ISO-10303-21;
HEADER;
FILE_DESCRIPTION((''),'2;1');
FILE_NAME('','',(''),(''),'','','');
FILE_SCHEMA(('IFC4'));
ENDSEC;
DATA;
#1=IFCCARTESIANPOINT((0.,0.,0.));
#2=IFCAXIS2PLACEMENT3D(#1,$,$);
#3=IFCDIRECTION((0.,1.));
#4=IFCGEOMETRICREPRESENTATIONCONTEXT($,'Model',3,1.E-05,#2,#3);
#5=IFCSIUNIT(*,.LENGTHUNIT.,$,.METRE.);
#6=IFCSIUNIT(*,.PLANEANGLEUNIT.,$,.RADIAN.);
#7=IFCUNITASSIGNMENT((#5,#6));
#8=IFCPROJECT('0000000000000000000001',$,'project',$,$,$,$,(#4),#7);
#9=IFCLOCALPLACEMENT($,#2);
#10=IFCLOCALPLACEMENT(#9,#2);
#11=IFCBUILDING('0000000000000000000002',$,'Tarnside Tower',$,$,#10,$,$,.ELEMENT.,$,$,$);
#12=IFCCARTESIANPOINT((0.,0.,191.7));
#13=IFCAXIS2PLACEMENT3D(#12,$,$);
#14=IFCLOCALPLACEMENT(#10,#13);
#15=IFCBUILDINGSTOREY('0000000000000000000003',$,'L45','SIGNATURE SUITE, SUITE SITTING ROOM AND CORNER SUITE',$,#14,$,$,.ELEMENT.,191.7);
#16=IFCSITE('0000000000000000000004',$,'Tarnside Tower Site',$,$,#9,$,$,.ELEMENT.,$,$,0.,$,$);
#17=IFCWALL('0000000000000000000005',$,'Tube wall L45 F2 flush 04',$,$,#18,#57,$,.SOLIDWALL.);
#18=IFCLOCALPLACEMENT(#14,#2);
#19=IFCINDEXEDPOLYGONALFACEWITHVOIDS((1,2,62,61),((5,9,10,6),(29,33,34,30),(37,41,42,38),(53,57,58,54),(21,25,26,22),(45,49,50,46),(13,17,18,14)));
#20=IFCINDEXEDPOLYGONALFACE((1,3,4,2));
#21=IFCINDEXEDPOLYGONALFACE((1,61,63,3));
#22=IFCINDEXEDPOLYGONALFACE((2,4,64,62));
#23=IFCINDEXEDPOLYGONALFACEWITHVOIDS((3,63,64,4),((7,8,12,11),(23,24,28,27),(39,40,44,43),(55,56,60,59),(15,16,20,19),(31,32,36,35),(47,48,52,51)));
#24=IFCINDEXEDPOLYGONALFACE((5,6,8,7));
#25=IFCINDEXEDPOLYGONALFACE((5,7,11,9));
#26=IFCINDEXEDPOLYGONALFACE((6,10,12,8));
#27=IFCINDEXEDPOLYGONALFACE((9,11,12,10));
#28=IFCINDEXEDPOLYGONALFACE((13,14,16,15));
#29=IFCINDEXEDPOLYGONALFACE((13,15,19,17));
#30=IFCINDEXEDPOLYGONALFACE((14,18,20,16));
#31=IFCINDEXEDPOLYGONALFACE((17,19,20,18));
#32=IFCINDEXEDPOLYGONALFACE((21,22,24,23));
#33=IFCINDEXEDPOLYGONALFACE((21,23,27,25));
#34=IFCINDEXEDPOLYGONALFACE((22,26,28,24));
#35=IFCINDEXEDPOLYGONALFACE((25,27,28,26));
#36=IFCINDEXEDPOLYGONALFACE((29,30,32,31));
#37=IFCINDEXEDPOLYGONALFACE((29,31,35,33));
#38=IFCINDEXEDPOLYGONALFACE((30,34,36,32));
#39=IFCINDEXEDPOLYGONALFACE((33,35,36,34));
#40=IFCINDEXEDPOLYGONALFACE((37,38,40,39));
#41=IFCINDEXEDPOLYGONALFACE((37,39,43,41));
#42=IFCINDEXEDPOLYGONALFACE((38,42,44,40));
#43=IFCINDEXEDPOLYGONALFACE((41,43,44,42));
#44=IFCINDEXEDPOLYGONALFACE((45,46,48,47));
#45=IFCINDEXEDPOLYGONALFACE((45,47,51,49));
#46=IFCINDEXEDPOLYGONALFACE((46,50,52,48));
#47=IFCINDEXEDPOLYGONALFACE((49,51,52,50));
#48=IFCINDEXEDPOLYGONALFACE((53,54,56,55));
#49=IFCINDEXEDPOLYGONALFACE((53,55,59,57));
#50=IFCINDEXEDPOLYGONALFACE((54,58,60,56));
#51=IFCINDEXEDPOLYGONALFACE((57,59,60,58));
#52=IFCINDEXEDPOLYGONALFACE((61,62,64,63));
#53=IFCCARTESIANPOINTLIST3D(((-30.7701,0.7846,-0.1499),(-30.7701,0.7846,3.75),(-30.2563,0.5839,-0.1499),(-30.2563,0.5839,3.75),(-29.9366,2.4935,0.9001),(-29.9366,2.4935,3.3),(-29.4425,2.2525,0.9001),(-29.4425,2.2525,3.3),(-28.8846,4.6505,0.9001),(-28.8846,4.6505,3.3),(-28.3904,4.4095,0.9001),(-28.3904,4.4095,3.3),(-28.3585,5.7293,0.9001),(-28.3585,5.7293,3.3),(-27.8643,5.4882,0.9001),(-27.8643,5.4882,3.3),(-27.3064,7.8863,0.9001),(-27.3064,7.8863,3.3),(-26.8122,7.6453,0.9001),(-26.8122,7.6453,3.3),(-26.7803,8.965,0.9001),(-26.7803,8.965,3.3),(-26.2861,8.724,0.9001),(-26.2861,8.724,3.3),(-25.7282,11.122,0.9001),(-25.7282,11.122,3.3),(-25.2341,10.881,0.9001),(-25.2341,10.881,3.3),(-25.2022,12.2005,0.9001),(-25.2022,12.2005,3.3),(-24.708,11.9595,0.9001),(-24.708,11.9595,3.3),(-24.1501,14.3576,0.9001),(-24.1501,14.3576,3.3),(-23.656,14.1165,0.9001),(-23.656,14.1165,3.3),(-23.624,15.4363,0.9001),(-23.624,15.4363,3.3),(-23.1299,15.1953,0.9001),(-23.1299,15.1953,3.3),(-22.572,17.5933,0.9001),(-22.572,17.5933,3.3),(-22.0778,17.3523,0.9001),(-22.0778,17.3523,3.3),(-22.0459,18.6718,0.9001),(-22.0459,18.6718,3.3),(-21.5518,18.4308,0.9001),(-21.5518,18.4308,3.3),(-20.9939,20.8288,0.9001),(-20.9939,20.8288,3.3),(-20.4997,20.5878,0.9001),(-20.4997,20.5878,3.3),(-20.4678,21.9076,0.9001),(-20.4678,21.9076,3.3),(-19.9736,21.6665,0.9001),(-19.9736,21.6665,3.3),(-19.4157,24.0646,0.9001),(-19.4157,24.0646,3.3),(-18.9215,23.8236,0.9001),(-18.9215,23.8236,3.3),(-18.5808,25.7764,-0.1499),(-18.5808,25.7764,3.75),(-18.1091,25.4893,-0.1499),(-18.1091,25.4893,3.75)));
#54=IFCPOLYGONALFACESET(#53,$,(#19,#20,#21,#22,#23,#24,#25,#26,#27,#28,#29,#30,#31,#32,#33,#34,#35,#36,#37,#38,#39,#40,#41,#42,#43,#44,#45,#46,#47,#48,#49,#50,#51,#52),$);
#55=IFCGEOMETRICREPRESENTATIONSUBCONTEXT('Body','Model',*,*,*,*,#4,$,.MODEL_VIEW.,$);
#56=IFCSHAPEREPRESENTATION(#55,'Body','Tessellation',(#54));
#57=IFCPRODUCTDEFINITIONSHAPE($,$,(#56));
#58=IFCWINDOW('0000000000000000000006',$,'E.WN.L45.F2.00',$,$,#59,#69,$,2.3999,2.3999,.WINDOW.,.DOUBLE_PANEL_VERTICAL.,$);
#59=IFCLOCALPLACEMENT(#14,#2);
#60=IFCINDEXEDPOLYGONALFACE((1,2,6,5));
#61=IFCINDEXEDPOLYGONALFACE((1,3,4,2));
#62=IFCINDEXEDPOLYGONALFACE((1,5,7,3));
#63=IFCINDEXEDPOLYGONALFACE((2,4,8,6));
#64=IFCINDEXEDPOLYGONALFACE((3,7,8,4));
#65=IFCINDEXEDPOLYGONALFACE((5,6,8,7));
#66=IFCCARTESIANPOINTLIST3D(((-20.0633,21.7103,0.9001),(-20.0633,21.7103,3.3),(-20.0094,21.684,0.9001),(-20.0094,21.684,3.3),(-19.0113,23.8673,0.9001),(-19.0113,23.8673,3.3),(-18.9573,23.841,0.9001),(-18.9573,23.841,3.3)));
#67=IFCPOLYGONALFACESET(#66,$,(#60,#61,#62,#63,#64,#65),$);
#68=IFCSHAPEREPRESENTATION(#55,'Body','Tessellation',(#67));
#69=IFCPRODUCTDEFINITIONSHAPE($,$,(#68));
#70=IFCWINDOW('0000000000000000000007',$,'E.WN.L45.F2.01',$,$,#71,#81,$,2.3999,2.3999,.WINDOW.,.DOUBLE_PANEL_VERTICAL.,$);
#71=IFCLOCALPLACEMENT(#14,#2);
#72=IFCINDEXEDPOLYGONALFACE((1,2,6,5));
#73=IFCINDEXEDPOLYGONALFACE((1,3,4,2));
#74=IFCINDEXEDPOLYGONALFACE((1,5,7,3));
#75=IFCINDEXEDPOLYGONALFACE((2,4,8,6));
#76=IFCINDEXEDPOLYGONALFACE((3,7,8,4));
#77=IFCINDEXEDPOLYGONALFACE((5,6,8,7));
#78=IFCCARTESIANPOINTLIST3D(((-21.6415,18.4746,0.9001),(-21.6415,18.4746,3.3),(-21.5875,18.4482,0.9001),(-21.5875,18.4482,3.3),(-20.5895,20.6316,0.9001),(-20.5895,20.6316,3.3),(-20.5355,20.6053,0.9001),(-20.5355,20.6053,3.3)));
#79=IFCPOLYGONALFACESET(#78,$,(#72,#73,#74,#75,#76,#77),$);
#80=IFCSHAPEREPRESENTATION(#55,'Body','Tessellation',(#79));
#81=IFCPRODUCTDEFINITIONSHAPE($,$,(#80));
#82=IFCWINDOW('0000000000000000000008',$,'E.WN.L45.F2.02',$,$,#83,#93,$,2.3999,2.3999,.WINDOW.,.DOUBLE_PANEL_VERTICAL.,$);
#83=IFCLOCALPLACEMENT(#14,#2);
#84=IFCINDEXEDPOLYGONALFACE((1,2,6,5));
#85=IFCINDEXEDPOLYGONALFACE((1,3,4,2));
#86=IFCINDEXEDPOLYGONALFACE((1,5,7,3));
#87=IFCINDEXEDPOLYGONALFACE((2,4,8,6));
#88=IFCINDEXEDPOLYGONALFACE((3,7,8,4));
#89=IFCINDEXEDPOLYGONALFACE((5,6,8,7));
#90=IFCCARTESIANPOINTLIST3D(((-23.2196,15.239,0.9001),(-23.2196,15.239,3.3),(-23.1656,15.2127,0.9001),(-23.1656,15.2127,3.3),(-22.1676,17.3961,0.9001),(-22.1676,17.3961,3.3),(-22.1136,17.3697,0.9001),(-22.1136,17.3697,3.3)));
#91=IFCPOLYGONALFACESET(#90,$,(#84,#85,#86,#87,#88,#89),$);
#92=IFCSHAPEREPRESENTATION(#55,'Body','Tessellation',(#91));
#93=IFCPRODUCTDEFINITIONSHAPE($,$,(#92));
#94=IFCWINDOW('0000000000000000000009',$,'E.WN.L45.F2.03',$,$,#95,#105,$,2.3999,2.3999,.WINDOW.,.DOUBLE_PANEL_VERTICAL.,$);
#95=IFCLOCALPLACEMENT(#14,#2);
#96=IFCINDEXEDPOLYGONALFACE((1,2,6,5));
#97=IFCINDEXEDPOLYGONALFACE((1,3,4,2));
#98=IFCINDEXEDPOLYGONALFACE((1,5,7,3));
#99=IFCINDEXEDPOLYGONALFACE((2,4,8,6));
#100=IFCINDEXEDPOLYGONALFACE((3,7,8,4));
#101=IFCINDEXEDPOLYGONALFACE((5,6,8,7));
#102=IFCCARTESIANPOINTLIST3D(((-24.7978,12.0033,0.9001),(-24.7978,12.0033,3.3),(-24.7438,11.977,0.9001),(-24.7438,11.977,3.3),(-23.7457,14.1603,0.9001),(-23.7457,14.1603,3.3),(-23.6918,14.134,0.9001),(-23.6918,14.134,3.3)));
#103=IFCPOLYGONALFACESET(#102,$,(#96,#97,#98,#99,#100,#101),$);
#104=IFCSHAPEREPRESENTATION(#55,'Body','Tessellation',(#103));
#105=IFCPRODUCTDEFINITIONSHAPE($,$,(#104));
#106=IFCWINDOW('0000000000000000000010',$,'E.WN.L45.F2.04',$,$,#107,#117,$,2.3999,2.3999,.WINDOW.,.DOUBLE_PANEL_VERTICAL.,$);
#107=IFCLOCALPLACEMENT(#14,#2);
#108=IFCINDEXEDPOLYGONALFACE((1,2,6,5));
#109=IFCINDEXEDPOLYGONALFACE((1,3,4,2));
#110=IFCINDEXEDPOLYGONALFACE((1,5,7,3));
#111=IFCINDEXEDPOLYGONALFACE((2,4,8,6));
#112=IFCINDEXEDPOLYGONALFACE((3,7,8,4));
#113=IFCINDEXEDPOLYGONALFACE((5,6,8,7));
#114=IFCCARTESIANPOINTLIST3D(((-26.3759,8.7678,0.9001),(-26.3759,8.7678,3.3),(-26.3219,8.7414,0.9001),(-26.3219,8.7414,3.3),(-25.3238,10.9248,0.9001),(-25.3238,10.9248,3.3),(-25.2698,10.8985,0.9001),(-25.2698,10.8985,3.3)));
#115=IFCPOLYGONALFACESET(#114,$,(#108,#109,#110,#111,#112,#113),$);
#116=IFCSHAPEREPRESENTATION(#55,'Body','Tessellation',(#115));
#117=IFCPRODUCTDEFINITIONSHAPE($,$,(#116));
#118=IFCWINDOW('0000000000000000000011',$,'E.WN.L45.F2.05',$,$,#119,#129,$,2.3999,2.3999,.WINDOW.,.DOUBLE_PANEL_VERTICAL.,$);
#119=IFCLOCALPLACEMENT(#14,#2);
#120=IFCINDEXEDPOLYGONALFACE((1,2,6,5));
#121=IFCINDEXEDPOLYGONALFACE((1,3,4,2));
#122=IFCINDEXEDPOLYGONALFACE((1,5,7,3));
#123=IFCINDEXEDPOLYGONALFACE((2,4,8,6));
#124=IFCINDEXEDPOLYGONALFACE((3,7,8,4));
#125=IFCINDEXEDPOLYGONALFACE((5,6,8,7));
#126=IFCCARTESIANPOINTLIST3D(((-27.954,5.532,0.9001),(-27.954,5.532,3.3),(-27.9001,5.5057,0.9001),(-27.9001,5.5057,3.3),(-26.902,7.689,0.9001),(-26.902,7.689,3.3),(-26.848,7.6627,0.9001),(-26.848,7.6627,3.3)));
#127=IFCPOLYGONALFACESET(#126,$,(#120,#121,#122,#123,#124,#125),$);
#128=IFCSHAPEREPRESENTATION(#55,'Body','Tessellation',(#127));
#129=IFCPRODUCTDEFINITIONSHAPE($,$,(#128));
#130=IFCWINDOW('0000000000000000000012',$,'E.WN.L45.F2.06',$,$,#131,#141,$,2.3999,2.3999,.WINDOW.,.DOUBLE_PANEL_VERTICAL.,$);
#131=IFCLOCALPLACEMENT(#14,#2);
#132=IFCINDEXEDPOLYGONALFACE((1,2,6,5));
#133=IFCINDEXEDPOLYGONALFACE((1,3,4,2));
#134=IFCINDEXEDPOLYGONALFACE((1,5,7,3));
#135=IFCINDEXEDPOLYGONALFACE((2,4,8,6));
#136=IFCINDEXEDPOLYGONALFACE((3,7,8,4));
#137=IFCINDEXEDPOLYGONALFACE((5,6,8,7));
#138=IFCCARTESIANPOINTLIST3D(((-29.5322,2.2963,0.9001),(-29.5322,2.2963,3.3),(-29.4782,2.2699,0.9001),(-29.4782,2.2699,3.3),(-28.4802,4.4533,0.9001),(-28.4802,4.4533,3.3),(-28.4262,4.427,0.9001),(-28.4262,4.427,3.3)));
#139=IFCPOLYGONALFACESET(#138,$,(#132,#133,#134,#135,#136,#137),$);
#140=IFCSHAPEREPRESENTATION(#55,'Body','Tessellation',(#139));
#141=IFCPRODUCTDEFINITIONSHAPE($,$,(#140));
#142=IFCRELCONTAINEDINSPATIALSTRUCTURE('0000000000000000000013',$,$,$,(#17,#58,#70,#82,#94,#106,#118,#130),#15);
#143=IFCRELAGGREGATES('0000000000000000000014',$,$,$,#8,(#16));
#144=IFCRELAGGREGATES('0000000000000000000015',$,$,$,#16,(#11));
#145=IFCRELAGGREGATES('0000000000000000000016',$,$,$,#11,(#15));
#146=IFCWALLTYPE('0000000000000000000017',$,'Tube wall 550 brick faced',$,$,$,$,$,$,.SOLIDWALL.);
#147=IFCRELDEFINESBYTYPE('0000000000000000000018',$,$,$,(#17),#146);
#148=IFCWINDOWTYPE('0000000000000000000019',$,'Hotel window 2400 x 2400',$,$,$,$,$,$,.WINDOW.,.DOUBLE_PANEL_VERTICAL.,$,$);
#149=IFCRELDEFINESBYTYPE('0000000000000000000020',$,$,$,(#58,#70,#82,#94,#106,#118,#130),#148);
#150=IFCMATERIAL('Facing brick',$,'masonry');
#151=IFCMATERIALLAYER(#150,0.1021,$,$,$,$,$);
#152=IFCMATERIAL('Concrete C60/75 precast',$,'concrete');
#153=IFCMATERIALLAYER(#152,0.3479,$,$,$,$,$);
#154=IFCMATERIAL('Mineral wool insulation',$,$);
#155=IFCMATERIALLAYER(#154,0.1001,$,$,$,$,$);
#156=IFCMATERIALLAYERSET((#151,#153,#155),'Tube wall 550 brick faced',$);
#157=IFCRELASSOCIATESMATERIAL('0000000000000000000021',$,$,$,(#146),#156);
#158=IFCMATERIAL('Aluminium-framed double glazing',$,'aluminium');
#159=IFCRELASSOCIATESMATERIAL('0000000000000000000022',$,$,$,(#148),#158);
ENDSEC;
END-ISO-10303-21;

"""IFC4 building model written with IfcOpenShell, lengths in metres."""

from ifc_helpers import new_model, si_unit, direction, frame, frame_2d, origin, place, context, subcontext, project, spatial, polyline, rectangle, outline, extrude, material, layer, layer_set, type_object, element, fill, save


model = new_model("IFC4")

# Units and contexts
model_context = context("Model", 3, precision=1e-05, world=origin(), true_north=direction((0.0, 1.0)))
body_context = subcontext(model_context, "Body", "Model", "MODEL_VIEW")
ifc_project = project(units=[si_unit("LENGTHUNIT", "METRE"), si_unit("PLANEANGLEUNIT", "RADIAN")], contexts=[model_context])

# Site, building, storey
site_placement = place(None, origin())
site = spatial("IfcSite", under=ifc_project, at=site_placement, Name="Tarnside Tower Site", CompositionType="ELEMENT", RefElevation=0.0)
building_placement = place(site_placement, origin())
building = spatial("IfcBuilding", under=site, at=building_placement, Name="Tarnside Tower", CompositionType="ELEMENT")
storey_placement = place(building_placement, frame((0.0, 0.0, 191.7)))
storey = spatial("IfcBuildingStorey", under=building, at=storey_placement, Name="L45", Description="SIGNATURE SUITE, SUITE SITTING ROOM AND CORNER SUITE", CompositionType="ELEMENT", Elevation=191.7)

# Shared definitions
ifc_material_1 = material(Name="Facing brick", Category="masonry")
ifc_layer_1 = layer(ifc_material_1, 0.1021)
ifc_material_2 = material(Name="Concrete C60/75 precast", Category="concrete")
ifc_layer_2 = layer(ifc_material_2, 0.3479)
ifc_material_3 = material(Name="Mineral wool insulation")
ifc_layer_3 = layer(ifc_material_3, 0.1001)
ifc_layer_set_1 = layer_set([ifc_layer_1, ifc_layer_2, ifc_layer_3], Name="Tube wall 550 brick faced")
wall_type_1 = type_object("IfcWallType", Name="Tube wall 550 brick faced", PredefinedType="SOLIDWALL", material=ifc_layer_set_1)

# Wall, openings, windows
wall_1_placement = place(storey_placement, frame((-18.345, 25.6328, -0.1499), z_axis=(0.0, 0.0, 1.0), x_axis=(-0.438372, -0.898794, 0.0)))
wall_1 = element("IfcWall", 1, at=wall_1_placement, inside=storey, type_object=wall_type_1, Name="Tube wall L45 F2 flush 04", PredefinedType="SOLIDWALL", context=body_context, shape_type="SweptSolid", body=[
    extrude(outline(polyline([(-0.0256, -0.2749), (27.7803, -0.2749), (27.7354, 0.2749), (0.0256, 0.2749), (-0.0256, -0.2749)])), origin(), (0.0, 0.0, 1.0), 3.8999),
])
opening_1_placement = place(wall_1_placement, frame((1.8789, 0.0, 1.05)))
opening_1 = element("IfcOpeningElement", 2, at=opening_1_placement, cuts=wall_1, PredefinedType="OPENING", context=body_context, shape_type="SweptSolid", body=[
    extrude(rectangle(XDim=2.3999, YDim=2.3999, at=frame_2d((1.2, 1.2))), frame((0.0, 0.2852, 0.0), z_axis=(0.0, -1.0, 0.0), x_axis=(1.0, 0.0, 0.0)), (0.0, 0.0, 1.0), 0.5701),
])
opening_2_placement = place(wall_1_placement, frame((5.479, 0.0, 1.05)))
opening_2 = element("IfcOpeningElement", 3, at=opening_2_placement, cuts=wall_1, PredefinedType="OPENING", context=body_context, shape_type="SweptSolid", body=[
    extrude(rectangle(XDim=2.3999, YDim=2.3999, at=frame_2d((1.2, 1.2))), frame((0.0, 0.2852, 0.0), z_axis=(0.0, -1.0, 0.0), x_axis=(1.0, 0.0, 0.0)), (0.0, 0.0, 1.0), 0.5701),
])
opening_3_placement = place(wall_1_placement, frame((9.0789, 0.0, 1.05)))
opening_3 = element("IfcOpeningElement", 4, at=opening_3_placement, cuts=wall_1, PredefinedType="OPENING", context=body_context, shape_type="SweptSolid", body=[
    extrude(rectangle(XDim=2.3999, YDim=2.3999, at=frame_2d((1.2, 1.2))), frame((0.0, 0.2852, 0.0), z_axis=(0.0, -1.0, 0.0), x_axis=(1.0, 0.0, 0.0)), (0.0, 0.0, 1.0), 0.5701),
])
opening_4_placement = place(wall_1_placement, frame((12.679, 0.0, 1.05)))
opening_4 = element("IfcOpeningElement", 5, at=opening_4_placement, cuts=wall_1, PredefinedType="OPENING", context=body_context, shape_type="SweptSolid", body=[
    extrude(rectangle(XDim=2.3999, YDim=2.3999, at=frame_2d((1.2, 1.2))), frame((0.0, 0.2852, 0.0), z_axis=(0.0, -1.0, 0.0), x_axis=(1.0, 0.0, 0.0)), (0.0, 0.0, 1.0), 0.5701),
])
opening_5_placement = place(wall_1_placement, frame((16.2788, 0.0, 1.05)))
opening_5 = element("IfcOpeningElement", 6, at=opening_5_placement, cuts=wall_1, PredefinedType="OPENING", context=body_context, shape_type="SweptSolid", body=[
    extrude(rectangle(XDim=2.3999, YDim=2.3999, at=frame_2d((1.2, 1.2))), frame((0.0, 0.2852, 0.0), z_axis=(0.0, -1.0, 0.0), x_axis=(1.0, 0.0, 0.0)), (0.0, 0.0, 1.0), 0.5701),
])
opening_6_placement = place(wall_1_placement, frame((19.8789, 0.0, 1.05)))
opening_6 = element("IfcOpeningElement", 7, at=opening_6_placement, cuts=wall_1, PredefinedType="OPENING", context=body_context, shape_type="SweptSolid", body=[
    extrude(rectangle(XDim=2.3999, YDim=2.3999, at=frame_2d((1.2, 1.2))), frame((0.0, 0.2852, 0.0), z_axis=(0.0, -1.0, 0.0), x_axis=(1.0, 0.0, 0.0)), (0.0, 0.0, 1.0), 0.5701),
])
opening_7_placement = place(wall_1_placement, frame((23.479, 0.0, 1.05)))
opening_7 = element("IfcOpeningElement", 8, at=opening_7_placement, cuts=wall_1, PredefinedType="OPENING", context=body_context, shape_type="SweptSolid", body=[
    extrude(rectangle(XDim=2.3999, YDim=2.3999, at=frame_2d((1.2, 1.2))), frame((0.0, 0.2852, 0.0), z_axis=(0.0, -1.0, 0.0), x_axis=(1.0, 0.0, 0.0)), (0.0, 0.0, 1.0), 0.5701),
])
ifc_material_4 = material(Name="Aluminium-framed double glazing", Category="aluminium")
window_type = type_object("IfcWindowType", Name="Hotel window 2400 x 2400", PartitioningType="DOUBLE_PANEL_VERTICAL", PredefinedType="WINDOW", material=ifc_material_4)
window_1_placement = place(opening_1_placement, frame((0.0, 0.2051, 0.0)))
window_1 = element("IfcWindow", 9, at=window_1_placement, inside=storey, type_object=window_type, Name="E.WN.L45.F2.00", OverallHeight=2.3999, OverallWidth=2.3999, PartitioningType="DOUBLE_PANEL_VERTICAL", PredefinedType="WINDOW", context=body_context, shape_type="SweptSolid", body=[
    extrude(rectangle(XDim=2.3999, YDim=2.3999, at=frame_2d((1.2, 1.2))), frame((0.0, 0.03, 0.0), z_axis=(0.0, -1.0, 0.0), x_axis=(1.0, 0.0, 0.0)), (0.0, 0.0, 1.0), 0.0601),
])
fill(opening_1, window_1)
window_2_placement = place(opening_2_placement, frame((0.0, 0.2051, 0.0)))
window_2 = element("IfcWindow", 10, at=window_2_placement, inside=storey, type_object=window_type, Name="E.WN.L45.F2.01", OverallHeight=2.3999, OverallWidth=2.3999, PartitioningType="DOUBLE_PANEL_VERTICAL", PredefinedType="WINDOW", context=body_context, shape_type="SweptSolid", body=[
    extrude(rectangle(XDim=2.3999, YDim=2.3999, at=frame_2d((1.2, 1.2))), frame((0.0, 0.03, 0.0), z_axis=(0.0, -1.0, 0.0), x_axis=(1.0, 0.0, 0.0)), (0.0, 0.0, 1.0), 0.0601),
])
fill(opening_2, window_2)
window_3_placement = place(opening_3_placement, frame((0.0, 0.2051, 0.0)))
window_3 = element("IfcWindow", 11, at=window_3_placement, inside=storey, type_object=window_type, Name="E.WN.L45.F2.02", OverallHeight=2.3999, OverallWidth=2.3999, PartitioningType="DOUBLE_PANEL_VERTICAL", PredefinedType="WINDOW", context=body_context, shape_type="SweptSolid", body=[
    extrude(rectangle(XDim=2.3999, YDim=2.3999, at=frame_2d((1.2, 1.2))), frame((0.0, 0.03, 0.0), z_axis=(0.0, -1.0, 0.0), x_axis=(1.0, 0.0, 0.0)), (0.0, 0.0, 1.0), 0.0601),
])
fill(opening_3, window_3)
window_4_placement = place(opening_4_placement, frame((0.0, 0.2051, 0.0)))
window_4 = element("IfcWindow", 12, at=window_4_placement, inside=storey, type_object=window_type, Name="E.WN.L45.F2.03", OverallHeight=2.3999, OverallWidth=2.3999, PartitioningType="DOUBLE_PANEL_VERTICAL", PredefinedType="WINDOW", context=body_context, shape_type="SweptSolid", body=[
    extrude(rectangle(XDim=2.3999, YDim=2.3999, at=frame_2d((1.2, 1.2))), frame((0.0, 0.03, 0.0), z_axis=(0.0, -1.0, 0.0), x_axis=(1.0, 0.0, 0.0)), (0.0, 0.0, 1.0), 0.0601),
])
fill(opening_4, window_4)
window_5_placement = place(opening_5_placement, frame((0.0, 0.2051, 0.0)))
window_5 = element("IfcWindow", 13, at=window_5_placement, inside=storey, type_object=window_type, Name="E.WN.L45.F2.04", OverallHeight=2.3999, OverallWidth=2.3999, PartitioningType="DOUBLE_PANEL_VERTICAL", PredefinedType="WINDOW", context=body_context, shape_type="SweptSolid", body=[
    extrude(rectangle(XDim=2.3999, YDim=2.3999, at=frame_2d((1.2, 1.2))), frame((0.0, 0.03, 0.0), z_axis=(0.0, -1.0, 0.0), x_axis=(1.0, 0.0, 0.0)), (0.0, 0.0, 1.0), 0.0601),
])
fill(opening_5, window_5)
window_6_placement = place(opening_6_placement, frame((0.0, 0.2051, 0.0)))
window_6 = element("IfcWindow", 14, at=window_6_placement, inside=storey, type_object=window_type, Name="E.WN.L45.F2.05", OverallHeight=2.3999, OverallWidth=2.3999, PartitioningType="DOUBLE_PANEL_VERTICAL", PredefinedType="WINDOW", context=body_context, shape_type="SweptSolid", body=[
    extrude(rectangle(XDim=2.3999, YDim=2.3999, at=frame_2d((1.2, 1.2))), frame((0.0, 0.03, 0.0), z_axis=(0.0, -1.0, 0.0), x_axis=(1.0, 0.0, 0.0)), (0.0, 0.0, 1.0), 0.0601),
])
fill(opening_6, window_6)
window_7_placement = place(opening_7_placement, frame((0.0, 0.2051, 0.0)))
window_7 = element("IfcWindow", 15, at=window_7_placement, inside=storey, type_object=window_type, Name="E.WN.L45.F2.06", OverallHeight=2.3999, OverallWidth=2.3999, PartitioningType="DOUBLE_PANEL_VERTICAL", PredefinedType="WINDOW", context=body_context, shape_type="SweptSolid", body=[
    extrude(rectangle(XDim=2.3999, YDim=2.3999, at=frame_2d((1.2, 1.2))), frame((0.0, 0.03, 0.0), z_axis=(0.0, -1.0, 0.0), x_axis=(1.0, 0.0, 0.0)), (0.0, 0.0, 1.0), 0.0601),
])
fill(opening_7, window_7)

save(model, "model.ifc")
